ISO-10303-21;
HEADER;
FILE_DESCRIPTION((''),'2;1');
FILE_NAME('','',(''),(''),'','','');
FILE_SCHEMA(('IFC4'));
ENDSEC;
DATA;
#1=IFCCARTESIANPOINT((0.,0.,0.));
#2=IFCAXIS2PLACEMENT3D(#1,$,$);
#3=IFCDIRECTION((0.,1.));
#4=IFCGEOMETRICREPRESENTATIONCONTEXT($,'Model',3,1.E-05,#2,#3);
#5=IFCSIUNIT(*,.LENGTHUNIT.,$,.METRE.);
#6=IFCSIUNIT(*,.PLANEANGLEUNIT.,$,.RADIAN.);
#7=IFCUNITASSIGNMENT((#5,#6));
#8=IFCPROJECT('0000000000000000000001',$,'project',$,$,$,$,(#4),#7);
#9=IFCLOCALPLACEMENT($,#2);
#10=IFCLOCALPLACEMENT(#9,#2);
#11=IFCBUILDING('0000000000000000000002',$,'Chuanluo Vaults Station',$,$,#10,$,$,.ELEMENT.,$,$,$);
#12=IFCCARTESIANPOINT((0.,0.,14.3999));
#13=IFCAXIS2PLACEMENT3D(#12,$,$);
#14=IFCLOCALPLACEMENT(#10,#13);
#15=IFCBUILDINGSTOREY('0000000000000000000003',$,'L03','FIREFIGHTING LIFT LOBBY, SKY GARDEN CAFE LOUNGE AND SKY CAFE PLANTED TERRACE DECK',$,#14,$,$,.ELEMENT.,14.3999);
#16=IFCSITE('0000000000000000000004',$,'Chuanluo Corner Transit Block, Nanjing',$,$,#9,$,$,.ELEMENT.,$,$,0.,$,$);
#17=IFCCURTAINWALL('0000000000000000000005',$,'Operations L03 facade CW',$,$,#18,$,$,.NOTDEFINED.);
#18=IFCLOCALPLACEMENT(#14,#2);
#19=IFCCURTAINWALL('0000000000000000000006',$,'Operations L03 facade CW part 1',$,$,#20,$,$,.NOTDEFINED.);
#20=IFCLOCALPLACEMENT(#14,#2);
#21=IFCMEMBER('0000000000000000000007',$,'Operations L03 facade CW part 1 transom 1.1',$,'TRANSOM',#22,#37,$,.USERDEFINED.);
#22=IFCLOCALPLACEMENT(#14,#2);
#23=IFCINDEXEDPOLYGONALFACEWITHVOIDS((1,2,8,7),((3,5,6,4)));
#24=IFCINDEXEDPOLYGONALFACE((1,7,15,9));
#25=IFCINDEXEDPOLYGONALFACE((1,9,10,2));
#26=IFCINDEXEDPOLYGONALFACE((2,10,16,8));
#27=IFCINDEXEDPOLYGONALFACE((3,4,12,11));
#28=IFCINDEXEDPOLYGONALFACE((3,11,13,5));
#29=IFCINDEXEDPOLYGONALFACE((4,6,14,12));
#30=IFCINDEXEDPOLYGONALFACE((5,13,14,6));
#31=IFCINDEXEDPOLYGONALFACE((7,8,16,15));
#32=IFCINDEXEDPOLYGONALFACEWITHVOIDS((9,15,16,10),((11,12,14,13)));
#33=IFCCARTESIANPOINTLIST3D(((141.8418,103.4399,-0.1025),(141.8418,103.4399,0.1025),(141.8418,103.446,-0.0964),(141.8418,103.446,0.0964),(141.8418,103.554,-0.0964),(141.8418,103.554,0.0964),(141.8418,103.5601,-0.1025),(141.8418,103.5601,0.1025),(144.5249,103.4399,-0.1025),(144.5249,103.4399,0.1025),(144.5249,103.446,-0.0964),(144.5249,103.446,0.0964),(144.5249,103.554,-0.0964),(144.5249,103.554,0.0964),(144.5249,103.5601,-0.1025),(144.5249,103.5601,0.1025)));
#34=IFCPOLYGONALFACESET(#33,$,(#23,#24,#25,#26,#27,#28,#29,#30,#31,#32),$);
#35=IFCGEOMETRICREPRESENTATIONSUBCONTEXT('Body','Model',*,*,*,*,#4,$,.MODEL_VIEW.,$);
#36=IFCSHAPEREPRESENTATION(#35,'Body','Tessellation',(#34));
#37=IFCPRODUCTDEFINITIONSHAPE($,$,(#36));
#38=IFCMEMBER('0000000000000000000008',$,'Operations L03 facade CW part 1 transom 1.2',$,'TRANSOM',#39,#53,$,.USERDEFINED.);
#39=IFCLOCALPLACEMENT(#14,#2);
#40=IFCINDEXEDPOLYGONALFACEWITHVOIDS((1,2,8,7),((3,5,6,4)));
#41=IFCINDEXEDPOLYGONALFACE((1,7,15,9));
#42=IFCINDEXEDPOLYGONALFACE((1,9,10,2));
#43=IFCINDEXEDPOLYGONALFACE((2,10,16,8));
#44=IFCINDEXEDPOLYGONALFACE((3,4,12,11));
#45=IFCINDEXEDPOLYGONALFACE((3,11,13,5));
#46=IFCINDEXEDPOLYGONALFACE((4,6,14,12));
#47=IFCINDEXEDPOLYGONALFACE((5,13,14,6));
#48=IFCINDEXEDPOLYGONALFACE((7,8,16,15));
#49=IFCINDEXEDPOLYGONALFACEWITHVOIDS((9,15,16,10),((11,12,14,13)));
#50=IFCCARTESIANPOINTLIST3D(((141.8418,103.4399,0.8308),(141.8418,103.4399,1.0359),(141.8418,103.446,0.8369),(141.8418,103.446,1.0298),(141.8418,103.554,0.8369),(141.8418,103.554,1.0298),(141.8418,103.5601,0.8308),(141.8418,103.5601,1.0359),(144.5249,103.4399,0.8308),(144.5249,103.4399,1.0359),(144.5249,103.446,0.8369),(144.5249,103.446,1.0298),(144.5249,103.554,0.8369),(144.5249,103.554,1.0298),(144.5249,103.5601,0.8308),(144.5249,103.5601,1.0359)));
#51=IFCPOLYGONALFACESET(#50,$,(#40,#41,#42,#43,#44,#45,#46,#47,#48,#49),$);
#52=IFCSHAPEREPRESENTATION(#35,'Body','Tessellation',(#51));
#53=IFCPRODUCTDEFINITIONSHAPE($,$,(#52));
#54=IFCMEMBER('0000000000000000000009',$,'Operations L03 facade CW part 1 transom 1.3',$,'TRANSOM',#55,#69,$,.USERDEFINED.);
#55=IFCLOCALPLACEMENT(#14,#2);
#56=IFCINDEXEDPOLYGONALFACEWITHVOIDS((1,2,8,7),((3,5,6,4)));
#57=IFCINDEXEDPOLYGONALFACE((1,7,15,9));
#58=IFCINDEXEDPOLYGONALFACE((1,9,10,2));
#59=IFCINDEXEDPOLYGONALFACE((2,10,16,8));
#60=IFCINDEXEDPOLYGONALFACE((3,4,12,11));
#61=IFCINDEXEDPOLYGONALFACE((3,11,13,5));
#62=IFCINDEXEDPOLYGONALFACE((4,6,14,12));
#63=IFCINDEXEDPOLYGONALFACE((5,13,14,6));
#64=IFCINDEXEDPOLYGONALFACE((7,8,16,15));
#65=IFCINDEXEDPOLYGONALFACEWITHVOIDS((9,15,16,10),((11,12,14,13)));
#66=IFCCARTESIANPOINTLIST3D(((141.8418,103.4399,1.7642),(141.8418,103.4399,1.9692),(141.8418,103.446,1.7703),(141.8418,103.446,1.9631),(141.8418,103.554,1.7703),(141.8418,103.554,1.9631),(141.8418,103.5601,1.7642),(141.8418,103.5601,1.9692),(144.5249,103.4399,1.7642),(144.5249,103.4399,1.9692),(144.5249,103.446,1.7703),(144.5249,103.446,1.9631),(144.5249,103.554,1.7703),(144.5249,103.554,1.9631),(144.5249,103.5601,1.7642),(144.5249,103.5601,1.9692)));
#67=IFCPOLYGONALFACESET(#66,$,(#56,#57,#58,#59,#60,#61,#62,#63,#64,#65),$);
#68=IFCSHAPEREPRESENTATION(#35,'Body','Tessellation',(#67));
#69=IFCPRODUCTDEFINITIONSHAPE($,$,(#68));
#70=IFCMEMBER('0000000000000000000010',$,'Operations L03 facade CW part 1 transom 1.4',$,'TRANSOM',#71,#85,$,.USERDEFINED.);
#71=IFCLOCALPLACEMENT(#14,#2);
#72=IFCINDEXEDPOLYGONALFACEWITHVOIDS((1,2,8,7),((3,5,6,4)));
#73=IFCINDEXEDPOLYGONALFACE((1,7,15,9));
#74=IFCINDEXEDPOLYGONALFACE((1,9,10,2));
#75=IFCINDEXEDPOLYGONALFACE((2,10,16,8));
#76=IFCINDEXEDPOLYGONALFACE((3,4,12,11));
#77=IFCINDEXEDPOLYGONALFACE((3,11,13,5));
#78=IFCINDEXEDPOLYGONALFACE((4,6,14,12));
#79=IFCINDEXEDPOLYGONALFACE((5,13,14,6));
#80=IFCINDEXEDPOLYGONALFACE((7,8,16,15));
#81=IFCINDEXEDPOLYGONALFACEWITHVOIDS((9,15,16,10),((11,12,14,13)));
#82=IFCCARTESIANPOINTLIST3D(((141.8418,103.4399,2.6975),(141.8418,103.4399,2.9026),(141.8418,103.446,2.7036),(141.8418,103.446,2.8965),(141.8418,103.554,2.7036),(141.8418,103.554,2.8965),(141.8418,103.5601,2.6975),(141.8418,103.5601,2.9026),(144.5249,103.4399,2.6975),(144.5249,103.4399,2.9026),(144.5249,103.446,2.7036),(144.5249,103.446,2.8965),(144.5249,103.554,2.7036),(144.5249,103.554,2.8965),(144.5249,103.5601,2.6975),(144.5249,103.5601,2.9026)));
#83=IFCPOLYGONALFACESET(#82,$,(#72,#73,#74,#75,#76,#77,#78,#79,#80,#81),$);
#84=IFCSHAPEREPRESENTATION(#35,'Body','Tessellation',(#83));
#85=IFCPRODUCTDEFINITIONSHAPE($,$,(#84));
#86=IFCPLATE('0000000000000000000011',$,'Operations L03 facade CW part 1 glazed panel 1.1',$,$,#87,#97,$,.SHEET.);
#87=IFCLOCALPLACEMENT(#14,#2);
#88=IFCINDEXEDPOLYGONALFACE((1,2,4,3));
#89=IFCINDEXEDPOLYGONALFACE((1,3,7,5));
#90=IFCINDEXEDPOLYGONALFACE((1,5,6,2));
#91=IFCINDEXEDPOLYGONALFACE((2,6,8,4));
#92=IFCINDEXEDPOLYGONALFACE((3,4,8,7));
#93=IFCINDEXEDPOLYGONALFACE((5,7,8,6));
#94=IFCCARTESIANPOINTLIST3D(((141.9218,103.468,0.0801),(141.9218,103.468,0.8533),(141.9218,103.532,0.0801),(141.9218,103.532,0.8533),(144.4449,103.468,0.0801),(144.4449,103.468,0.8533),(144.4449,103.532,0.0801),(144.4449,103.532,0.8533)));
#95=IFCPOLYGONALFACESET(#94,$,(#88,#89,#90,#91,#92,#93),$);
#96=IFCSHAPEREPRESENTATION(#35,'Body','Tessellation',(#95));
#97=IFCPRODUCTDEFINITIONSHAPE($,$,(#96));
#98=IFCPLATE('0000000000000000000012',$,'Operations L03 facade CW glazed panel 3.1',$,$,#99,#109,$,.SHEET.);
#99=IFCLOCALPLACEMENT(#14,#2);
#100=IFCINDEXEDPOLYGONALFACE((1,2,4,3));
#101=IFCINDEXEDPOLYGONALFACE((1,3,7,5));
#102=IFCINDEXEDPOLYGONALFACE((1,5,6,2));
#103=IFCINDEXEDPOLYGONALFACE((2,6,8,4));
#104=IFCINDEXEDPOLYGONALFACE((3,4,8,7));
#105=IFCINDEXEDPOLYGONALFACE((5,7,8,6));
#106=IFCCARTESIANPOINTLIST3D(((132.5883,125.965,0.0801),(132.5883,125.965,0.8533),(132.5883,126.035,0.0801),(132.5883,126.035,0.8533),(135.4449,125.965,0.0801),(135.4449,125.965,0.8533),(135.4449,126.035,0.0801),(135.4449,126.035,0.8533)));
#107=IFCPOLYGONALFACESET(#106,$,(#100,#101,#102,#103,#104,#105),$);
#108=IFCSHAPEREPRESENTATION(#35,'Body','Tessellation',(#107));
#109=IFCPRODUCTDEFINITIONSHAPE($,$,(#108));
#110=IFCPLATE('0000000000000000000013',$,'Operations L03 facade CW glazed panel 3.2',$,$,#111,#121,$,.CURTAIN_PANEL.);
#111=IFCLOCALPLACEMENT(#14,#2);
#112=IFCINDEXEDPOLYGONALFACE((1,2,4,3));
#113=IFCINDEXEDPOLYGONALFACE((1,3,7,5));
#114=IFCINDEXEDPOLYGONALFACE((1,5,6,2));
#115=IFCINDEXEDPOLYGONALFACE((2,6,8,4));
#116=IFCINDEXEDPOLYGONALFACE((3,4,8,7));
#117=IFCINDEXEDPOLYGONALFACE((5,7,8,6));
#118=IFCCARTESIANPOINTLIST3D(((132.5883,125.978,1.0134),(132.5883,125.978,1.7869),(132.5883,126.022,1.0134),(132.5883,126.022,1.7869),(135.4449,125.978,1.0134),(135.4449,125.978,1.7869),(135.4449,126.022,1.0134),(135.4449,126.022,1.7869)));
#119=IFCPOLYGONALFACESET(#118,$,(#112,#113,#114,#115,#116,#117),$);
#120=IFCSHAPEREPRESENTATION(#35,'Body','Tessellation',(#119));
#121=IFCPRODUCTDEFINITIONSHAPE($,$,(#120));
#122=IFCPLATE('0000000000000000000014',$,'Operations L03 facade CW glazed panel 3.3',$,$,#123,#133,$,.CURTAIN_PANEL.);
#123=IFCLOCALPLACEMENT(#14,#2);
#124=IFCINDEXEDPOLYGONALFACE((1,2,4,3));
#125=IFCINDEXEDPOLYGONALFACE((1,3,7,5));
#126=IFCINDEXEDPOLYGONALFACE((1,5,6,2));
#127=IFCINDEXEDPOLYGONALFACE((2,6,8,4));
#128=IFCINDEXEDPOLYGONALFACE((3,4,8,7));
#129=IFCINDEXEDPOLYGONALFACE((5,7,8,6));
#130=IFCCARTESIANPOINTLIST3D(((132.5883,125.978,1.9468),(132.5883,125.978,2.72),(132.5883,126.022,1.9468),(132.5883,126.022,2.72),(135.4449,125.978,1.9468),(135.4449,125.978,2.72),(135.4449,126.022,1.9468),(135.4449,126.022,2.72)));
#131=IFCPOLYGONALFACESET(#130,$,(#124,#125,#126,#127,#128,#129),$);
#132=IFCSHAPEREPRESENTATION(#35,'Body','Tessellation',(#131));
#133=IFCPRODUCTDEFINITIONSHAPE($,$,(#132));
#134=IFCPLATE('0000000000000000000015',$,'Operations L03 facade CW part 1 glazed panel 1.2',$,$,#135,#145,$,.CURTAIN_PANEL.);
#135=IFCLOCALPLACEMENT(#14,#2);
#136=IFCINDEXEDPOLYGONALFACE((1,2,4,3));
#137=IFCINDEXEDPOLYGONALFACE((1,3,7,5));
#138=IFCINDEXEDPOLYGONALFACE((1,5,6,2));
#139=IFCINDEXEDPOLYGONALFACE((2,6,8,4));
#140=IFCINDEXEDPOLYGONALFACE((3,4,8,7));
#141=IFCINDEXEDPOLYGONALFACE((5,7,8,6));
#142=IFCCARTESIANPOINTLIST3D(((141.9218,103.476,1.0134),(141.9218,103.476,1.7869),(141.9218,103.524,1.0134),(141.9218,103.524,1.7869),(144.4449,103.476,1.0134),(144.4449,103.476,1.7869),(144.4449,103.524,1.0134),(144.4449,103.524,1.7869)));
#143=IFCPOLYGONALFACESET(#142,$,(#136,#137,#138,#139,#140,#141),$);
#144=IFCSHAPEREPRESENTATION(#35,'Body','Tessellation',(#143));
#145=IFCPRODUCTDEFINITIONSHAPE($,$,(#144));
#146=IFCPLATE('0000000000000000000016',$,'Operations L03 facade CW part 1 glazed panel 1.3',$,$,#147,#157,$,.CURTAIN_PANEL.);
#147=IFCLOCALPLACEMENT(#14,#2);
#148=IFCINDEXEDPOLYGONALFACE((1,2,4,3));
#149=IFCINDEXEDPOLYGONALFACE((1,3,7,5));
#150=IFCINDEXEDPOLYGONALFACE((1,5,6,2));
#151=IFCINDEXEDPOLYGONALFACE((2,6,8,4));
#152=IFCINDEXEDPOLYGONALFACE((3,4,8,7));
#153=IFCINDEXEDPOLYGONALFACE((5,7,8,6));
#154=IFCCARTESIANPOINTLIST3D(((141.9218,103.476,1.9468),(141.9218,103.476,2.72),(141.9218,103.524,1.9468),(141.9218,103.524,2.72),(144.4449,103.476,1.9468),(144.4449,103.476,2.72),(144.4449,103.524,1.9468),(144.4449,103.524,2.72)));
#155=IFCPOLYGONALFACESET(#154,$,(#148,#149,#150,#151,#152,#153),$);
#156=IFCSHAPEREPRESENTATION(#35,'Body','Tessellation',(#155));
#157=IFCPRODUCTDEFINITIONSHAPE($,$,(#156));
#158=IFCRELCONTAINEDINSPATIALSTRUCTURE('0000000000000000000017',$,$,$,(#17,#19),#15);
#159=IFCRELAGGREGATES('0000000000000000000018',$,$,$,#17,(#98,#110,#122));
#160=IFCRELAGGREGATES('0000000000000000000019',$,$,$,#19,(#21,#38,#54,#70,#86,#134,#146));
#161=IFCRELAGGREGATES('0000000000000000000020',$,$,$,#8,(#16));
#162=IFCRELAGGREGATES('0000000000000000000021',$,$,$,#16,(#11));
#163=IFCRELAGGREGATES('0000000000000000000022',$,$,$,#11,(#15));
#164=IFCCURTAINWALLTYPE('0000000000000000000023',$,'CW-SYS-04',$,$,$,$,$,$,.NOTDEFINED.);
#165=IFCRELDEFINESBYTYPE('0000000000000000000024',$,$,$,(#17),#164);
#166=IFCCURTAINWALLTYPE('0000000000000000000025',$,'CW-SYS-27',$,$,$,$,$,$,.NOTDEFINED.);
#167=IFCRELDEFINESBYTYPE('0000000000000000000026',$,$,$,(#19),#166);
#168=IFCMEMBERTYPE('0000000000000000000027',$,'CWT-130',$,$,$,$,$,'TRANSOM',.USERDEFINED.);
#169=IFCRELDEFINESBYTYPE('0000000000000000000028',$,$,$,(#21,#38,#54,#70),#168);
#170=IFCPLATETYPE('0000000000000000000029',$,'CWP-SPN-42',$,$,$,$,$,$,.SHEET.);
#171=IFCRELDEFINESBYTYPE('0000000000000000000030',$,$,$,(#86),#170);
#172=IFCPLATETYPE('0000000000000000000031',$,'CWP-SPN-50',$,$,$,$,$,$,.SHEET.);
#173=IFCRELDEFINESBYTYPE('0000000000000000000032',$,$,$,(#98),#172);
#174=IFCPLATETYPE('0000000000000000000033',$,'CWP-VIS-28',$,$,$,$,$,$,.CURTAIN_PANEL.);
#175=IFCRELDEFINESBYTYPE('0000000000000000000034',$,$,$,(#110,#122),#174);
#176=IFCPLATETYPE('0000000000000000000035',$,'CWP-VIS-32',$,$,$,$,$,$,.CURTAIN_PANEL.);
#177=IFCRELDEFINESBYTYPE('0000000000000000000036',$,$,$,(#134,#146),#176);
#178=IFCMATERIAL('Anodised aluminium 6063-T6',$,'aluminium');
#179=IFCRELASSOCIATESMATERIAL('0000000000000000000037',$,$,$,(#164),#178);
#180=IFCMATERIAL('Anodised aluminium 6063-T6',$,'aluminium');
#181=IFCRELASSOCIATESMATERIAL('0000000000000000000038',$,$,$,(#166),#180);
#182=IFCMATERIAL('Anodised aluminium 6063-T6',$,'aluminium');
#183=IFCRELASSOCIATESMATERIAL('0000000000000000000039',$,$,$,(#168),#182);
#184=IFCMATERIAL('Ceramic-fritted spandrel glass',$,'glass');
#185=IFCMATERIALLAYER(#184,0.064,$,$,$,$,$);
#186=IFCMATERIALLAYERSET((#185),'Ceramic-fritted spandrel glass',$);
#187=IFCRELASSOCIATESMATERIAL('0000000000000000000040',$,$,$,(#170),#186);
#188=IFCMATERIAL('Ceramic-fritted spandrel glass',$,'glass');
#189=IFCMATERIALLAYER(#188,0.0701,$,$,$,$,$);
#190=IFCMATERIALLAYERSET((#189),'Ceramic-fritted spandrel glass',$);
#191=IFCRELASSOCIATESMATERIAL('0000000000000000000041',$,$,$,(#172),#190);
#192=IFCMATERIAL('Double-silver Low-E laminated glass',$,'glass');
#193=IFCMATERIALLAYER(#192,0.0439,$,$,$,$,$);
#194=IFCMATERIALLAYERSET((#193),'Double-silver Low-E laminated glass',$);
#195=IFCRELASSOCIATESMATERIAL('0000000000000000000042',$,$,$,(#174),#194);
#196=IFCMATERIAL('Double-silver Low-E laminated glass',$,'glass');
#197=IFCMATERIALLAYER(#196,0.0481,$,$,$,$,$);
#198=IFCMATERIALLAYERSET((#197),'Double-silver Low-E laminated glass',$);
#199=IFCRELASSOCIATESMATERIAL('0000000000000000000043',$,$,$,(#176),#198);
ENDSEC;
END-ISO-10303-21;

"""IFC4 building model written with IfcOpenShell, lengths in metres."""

from ifc_helpers import new_model, si_unit, direction, frame, origin, origin_2d, place, context, subcontext, project, spatial, rectangle, hollow_rectangle, extrude, material, layer, layer_set, material_profile, profile_set, type_object, element, aggregate, save


model = new_model("IFC4")

# Units and contexts
model_context = context("Model", 3, precision=1e-05, world=origin(), true_north=direction((0.0, 1.0)))
body_context = subcontext(model_context, "Body", "Model", "MODEL_VIEW")
ifc_project = project(units=[si_unit("LENGTHUNIT", "METRE"), si_unit("PLANEANGLEUNIT", "RADIAN")], contexts=[model_context])

# Site, building, storey
site_placement = place(None, origin())
site = spatial("IfcSite", under=ifc_project, at=site_placement, Name="Chuanluo Corner Transit Block, Nanjing", CompositionType="ELEMENT", RefElevation=0.0)
building_placement = place(site_placement, origin())
building = spatial("IfcBuilding", under=site, at=building_placement, Name="Chuanluo Vaults Station", CompositionType="ELEMENT")
storey_placement = place(building_placement, frame((0.0, 0.0, 14.3999)))
storey = spatial("IfcBuildingStorey", under=building, at=storey_placement, Name="L03", Description="FIREFIGHTING LIFT LOBBY, SKY GARDEN CAFE LOUNGE AND SKY CAFE PLANTED TERRACE DECK", CompositionType="ELEMENT", Elevation=14.3999)

# Curtain wall
ifc_material_1 = material(Name="Anodised aluminium 6063-T6", Category="aluminium")
curtain_wall_type_1 = type_object("IfcCurtainWallType", Name="CW-SYS-04", PredefinedType="NOTDEFINED", material=ifc_material_1)
curtain_wall_1_placement = place(storey_placement, origin())
curtain_wall_1 = element("IfcCurtainWall", 1, at=curtain_wall_1_placement, inside=storey, type_object=curtain_wall_type_1, Name="Operations L03 facade CW", PredefinedType="NOTDEFINED")

# Curtain wall, members, plate
ifc_material_2 = material(Name="Anodised aluminium 6063-T6", Category="aluminium")
curtain_wall_type_2 = type_object("IfcCurtainWallType", Name="CW-SYS-27", PredefinedType="NOTDEFINED", material=ifc_material_2)
curtain_wall_2_placement = place(storey_placement, origin())
curtain_wall_2 = element("IfcCurtainWall", 2, at=curtain_wall_2_placement, inside=storey, type_object=curtain_wall_type_2, Name="Operations L03 facade CW part 1", PredefinedType="NOTDEFINED")
ifc_material_3 = material(Name="Anodised aluminium 6063-T6", Category="aluminium")
ifc_material_profile_1 = material_profile(ifc_material_3, hollow_rectangle(XDim=0.1201, YDim=0.2051, WallThickness=0.0061, at=origin_2d()))
ifc_profile_set_1 = profile_set([ifc_material_profile_1], Name="Anodised aluminium 6063-T6")
member_type_1 = type_object("IfcMemberType", Name="CWT-130", ElementType="TRANSOM", PredefinedType="USERDEFINED", material=ifc_profile_set_1)
member_1_placement = place(storey_placement, frame((144.5249, 103.5, 0.0), z_axis=(-1.0, 0.0, 0.0), x_axis=(0.0, -1.0, 0.0)))
member_1 = element("IfcMember", 3, at=member_1_placement, type_object=member_type_1, Name="Operations L03 facade CW part 1 transom 1.1", ObjectType="TRANSOM", PredefinedType="USERDEFINED", context=body_context, shape_type="SweptSolid", body=[
    extrude(hollow_rectangle(XDim=0.1201, YDim=0.2051, WallThickness=0.0061, at=origin_2d()), origin(), (0.0, 0.0, 1.0), 2.6831),
])
member_2_placement = place(storey_placement, frame((144.5249, 103.5, 0.9333), z_axis=(-1.0, 0.0, 0.0), x_axis=(0.0, -1.0, 0.0)))
member_2 = element("IfcMember", 4, at=member_2_placement, type_object=member_type_1, Name="Operations L03 facade CW part 1 transom 1.2", ObjectType="TRANSOM", PredefinedType="USERDEFINED", context=body_context, shape_type="SweptSolid", body=[
    extrude(hollow_rectangle(XDim=0.1201, YDim=0.2051, WallThickness=0.0061, at=origin_2d()), origin(), (0.0, 0.0, 1.0), 2.6831),
])
member_3_placement = place(storey_placement, frame((144.5249, 103.5, 1.8667), z_axis=(-1.0, 0.0, 0.0), x_axis=(0.0, -1.0, 0.0)))
member_3 = element("IfcMember", 5, at=member_3_placement, type_object=member_type_1, Name="Operations L03 facade CW part 1 transom 1.3", ObjectType="TRANSOM", PredefinedType="USERDEFINED", context=body_context, shape_type="SweptSolid", body=[
    extrude(hollow_rectangle(XDim=0.1201, YDim=0.2051, WallThickness=0.0061, at=origin_2d()), origin(), (0.0, 0.0, 1.0), 2.6831),
])
member_4_placement = place(storey_placement, frame((144.5249, 103.5, 2.8), z_axis=(-1.0, 0.0, 0.0), x_axis=(0.0, -1.0, 0.0)))
member_4 = element("IfcMember", 6, at=member_4_placement, type_object=member_type_1, Name="Operations L03 facade CW part 1 transom 1.4", ObjectType="TRANSOM", PredefinedType="USERDEFINED", context=body_context, shape_type="SweptSolid", body=[
    extrude(hollow_rectangle(XDim=0.1201, YDim=0.2051, WallThickness=0.0061, at=origin_2d()), origin(), (0.0, 0.0, 1.0), 2.6831),
])
ifc_material_4 = material(Name="Ceramic-fritted spandrel glass", Category="glass")
ifc_layer_1 = layer(ifc_material_4, 0.064)
ifc_layer_set_1 = layer_set([ifc_layer_1], Name="Ceramic-fritted spandrel glass")
plate_type_1 = type_object("IfcPlateType", Name="CWP-SPN-42", PredefinedType="SHEET", material=ifc_layer_set_1)
plate_1_placement = place(storey_placement, frame((143.1833, 103.5, 0.0801), z_axis=(0.0, 0.0, 1.0), x_axis=(-1.0, 0.0, 0.0)))
plate_1 = element("IfcPlate", 7, at=plate_1_placement, type_object=plate_type_1, Name="Operations L03 facade CW part 1 glazed panel 1.1", PredefinedType="SHEET", context=body_context, shape_type="SweptSolid", body=[
    extrude(rectangle(XDim=2.5232, YDim=0.064, at=origin_2d()), origin(), (0.0, 0.0, 1.0), 0.7732),
])

# Plates
ifc_material_5 = material(Name="Ceramic-fritted spandrel glass", Category="glass")
ifc_layer_2 = layer(ifc_material_5, 0.0701)
ifc_layer_set_2 = layer_set([ifc_layer_2], Name="Ceramic-fritted spandrel glass")
plate_type_2 = type_object("IfcPlateType", Name="CWP-SPN-50", PredefinedType="SHEET", material=ifc_layer_set_2)
plate_2_placement = place(storey_placement, frame((134.0166, 126.0, 0.0801), z_axis=(0.0, 0.0, 1.0), x_axis=(1.0, 0.0, 0.0)))
plate_2 = element("IfcPlate", 8, at=plate_2_placement, type_object=plate_type_2, Name="Operations L03 facade CW glazed panel 3.1", PredefinedType="SHEET", context=body_context, shape_type="SweptSolid", body=[
    extrude(rectangle(XDim=2.8567, YDim=0.0701, at=origin_2d()), origin(), (0.0, 0.0, 1.0), 0.7732),
])
ifc_material_6 = material(Name="Double-silver Low-E laminated glass", Category="glass")
ifc_layer_3 = layer(ifc_material_6, 0.0439)
ifc_layer_set_3 = layer_set([ifc_layer_3], Name="Double-silver Low-E laminated glass")
plate_type_3 = type_object("IfcPlateType", Name="CWP-VIS-28", PredefinedType="CURTAIN_PANEL", material=ifc_layer_set_3)
plate_3_placement = place(storey_placement, frame((134.0166, 126.0, 1.0134), z_axis=(0.0, 0.0, 1.0), x_axis=(1.0, 0.0, 0.0)))
plate_3 = element("IfcPlate", 9, at=plate_3_placement, type_object=plate_type_3, Name="Operations L03 facade CW glazed panel 3.2", PredefinedType="CURTAIN_PANEL", context=body_context, shape_type="SweptSolid", body=[
    extrude(rectangle(XDim=2.8567, YDim=0.0439, at=origin_2d()), origin(), (0.0, 0.0, 1.0), 0.7734),
])
plate_4_placement = place(storey_placement, frame((134.0166, 126.0, 1.9468), z_axis=(0.0, 0.0, 1.0), x_axis=(1.0, 0.0, 0.0)))
plate_4 = element("IfcPlate", 10, at=plate_4_placement, type_object=plate_type_3, Name="Operations L03 facade CW glazed panel 3.3", PredefinedType="CURTAIN_PANEL", context=body_context, shape_type="SweptSolid", body=[
    extrude(rectangle(XDim=2.8567, YDim=0.0439, at=origin_2d()), origin(), (0.0, 0.0, 1.0), 0.7732),
])
aggregate(curtain_wall_1, [plate_2, plate_3, plate_4])
ifc_material_7 = material(Name="Double-silver Low-E laminated glass", Category="glass")
ifc_layer_4 = layer(ifc_material_7, 0.0481)
ifc_layer_set_4 = layer_set([ifc_layer_4], Name="Double-silver Low-E laminated glass")
plate_type_4 = type_object("IfcPlateType", Name="CWP-VIS-32", PredefinedType="CURTAIN_PANEL", material=ifc_layer_set_4)
plate_5_placement = place(storey_placement, frame((143.1833, 103.5, 1.0134), z_axis=(0.0, 0.0, 1.0), x_axis=(-1.0, 0.0, 0.0)))
plate_5 = element("IfcPlate", 11, at=plate_5_placement, type_object=plate_type_4, Name="Operations L03 facade CW part 1 glazed panel 1.2", PredefinedType="CURTAIN_PANEL", context=body_context, shape_type="SweptSolid", body=[
    extrude(rectangle(XDim=2.5232, YDim=0.0481, at=origin_2d()), origin(), (0.0, 0.0, 1.0), 0.7734),
])
plate_6_placement = place(storey_placement, frame((143.1833, 103.5, 1.9468), z_axis=(0.0, 0.0, 1.0), x_axis=(-1.0, 0.0, 0.0)))
plate_6 = element("IfcPlate", 12, at=plate_6_placement, type_object=plate_type_4, Name="Operations L03 facade CW part 1 glazed panel 1.3", PredefinedType="CURTAIN_PANEL", context=body_context, shape_type="SweptSolid", body=[
    extrude(rectangle(XDim=2.5232, YDim=0.0481, at=origin_2d()), origin(), (0.0, 0.0, 1.0), 0.7732),
])
aggregate(curtain_wall_2, [member_1, member_2, member_3, member_4, plate_1, plate_5, plate_6])

save(model, "model.ifc")
